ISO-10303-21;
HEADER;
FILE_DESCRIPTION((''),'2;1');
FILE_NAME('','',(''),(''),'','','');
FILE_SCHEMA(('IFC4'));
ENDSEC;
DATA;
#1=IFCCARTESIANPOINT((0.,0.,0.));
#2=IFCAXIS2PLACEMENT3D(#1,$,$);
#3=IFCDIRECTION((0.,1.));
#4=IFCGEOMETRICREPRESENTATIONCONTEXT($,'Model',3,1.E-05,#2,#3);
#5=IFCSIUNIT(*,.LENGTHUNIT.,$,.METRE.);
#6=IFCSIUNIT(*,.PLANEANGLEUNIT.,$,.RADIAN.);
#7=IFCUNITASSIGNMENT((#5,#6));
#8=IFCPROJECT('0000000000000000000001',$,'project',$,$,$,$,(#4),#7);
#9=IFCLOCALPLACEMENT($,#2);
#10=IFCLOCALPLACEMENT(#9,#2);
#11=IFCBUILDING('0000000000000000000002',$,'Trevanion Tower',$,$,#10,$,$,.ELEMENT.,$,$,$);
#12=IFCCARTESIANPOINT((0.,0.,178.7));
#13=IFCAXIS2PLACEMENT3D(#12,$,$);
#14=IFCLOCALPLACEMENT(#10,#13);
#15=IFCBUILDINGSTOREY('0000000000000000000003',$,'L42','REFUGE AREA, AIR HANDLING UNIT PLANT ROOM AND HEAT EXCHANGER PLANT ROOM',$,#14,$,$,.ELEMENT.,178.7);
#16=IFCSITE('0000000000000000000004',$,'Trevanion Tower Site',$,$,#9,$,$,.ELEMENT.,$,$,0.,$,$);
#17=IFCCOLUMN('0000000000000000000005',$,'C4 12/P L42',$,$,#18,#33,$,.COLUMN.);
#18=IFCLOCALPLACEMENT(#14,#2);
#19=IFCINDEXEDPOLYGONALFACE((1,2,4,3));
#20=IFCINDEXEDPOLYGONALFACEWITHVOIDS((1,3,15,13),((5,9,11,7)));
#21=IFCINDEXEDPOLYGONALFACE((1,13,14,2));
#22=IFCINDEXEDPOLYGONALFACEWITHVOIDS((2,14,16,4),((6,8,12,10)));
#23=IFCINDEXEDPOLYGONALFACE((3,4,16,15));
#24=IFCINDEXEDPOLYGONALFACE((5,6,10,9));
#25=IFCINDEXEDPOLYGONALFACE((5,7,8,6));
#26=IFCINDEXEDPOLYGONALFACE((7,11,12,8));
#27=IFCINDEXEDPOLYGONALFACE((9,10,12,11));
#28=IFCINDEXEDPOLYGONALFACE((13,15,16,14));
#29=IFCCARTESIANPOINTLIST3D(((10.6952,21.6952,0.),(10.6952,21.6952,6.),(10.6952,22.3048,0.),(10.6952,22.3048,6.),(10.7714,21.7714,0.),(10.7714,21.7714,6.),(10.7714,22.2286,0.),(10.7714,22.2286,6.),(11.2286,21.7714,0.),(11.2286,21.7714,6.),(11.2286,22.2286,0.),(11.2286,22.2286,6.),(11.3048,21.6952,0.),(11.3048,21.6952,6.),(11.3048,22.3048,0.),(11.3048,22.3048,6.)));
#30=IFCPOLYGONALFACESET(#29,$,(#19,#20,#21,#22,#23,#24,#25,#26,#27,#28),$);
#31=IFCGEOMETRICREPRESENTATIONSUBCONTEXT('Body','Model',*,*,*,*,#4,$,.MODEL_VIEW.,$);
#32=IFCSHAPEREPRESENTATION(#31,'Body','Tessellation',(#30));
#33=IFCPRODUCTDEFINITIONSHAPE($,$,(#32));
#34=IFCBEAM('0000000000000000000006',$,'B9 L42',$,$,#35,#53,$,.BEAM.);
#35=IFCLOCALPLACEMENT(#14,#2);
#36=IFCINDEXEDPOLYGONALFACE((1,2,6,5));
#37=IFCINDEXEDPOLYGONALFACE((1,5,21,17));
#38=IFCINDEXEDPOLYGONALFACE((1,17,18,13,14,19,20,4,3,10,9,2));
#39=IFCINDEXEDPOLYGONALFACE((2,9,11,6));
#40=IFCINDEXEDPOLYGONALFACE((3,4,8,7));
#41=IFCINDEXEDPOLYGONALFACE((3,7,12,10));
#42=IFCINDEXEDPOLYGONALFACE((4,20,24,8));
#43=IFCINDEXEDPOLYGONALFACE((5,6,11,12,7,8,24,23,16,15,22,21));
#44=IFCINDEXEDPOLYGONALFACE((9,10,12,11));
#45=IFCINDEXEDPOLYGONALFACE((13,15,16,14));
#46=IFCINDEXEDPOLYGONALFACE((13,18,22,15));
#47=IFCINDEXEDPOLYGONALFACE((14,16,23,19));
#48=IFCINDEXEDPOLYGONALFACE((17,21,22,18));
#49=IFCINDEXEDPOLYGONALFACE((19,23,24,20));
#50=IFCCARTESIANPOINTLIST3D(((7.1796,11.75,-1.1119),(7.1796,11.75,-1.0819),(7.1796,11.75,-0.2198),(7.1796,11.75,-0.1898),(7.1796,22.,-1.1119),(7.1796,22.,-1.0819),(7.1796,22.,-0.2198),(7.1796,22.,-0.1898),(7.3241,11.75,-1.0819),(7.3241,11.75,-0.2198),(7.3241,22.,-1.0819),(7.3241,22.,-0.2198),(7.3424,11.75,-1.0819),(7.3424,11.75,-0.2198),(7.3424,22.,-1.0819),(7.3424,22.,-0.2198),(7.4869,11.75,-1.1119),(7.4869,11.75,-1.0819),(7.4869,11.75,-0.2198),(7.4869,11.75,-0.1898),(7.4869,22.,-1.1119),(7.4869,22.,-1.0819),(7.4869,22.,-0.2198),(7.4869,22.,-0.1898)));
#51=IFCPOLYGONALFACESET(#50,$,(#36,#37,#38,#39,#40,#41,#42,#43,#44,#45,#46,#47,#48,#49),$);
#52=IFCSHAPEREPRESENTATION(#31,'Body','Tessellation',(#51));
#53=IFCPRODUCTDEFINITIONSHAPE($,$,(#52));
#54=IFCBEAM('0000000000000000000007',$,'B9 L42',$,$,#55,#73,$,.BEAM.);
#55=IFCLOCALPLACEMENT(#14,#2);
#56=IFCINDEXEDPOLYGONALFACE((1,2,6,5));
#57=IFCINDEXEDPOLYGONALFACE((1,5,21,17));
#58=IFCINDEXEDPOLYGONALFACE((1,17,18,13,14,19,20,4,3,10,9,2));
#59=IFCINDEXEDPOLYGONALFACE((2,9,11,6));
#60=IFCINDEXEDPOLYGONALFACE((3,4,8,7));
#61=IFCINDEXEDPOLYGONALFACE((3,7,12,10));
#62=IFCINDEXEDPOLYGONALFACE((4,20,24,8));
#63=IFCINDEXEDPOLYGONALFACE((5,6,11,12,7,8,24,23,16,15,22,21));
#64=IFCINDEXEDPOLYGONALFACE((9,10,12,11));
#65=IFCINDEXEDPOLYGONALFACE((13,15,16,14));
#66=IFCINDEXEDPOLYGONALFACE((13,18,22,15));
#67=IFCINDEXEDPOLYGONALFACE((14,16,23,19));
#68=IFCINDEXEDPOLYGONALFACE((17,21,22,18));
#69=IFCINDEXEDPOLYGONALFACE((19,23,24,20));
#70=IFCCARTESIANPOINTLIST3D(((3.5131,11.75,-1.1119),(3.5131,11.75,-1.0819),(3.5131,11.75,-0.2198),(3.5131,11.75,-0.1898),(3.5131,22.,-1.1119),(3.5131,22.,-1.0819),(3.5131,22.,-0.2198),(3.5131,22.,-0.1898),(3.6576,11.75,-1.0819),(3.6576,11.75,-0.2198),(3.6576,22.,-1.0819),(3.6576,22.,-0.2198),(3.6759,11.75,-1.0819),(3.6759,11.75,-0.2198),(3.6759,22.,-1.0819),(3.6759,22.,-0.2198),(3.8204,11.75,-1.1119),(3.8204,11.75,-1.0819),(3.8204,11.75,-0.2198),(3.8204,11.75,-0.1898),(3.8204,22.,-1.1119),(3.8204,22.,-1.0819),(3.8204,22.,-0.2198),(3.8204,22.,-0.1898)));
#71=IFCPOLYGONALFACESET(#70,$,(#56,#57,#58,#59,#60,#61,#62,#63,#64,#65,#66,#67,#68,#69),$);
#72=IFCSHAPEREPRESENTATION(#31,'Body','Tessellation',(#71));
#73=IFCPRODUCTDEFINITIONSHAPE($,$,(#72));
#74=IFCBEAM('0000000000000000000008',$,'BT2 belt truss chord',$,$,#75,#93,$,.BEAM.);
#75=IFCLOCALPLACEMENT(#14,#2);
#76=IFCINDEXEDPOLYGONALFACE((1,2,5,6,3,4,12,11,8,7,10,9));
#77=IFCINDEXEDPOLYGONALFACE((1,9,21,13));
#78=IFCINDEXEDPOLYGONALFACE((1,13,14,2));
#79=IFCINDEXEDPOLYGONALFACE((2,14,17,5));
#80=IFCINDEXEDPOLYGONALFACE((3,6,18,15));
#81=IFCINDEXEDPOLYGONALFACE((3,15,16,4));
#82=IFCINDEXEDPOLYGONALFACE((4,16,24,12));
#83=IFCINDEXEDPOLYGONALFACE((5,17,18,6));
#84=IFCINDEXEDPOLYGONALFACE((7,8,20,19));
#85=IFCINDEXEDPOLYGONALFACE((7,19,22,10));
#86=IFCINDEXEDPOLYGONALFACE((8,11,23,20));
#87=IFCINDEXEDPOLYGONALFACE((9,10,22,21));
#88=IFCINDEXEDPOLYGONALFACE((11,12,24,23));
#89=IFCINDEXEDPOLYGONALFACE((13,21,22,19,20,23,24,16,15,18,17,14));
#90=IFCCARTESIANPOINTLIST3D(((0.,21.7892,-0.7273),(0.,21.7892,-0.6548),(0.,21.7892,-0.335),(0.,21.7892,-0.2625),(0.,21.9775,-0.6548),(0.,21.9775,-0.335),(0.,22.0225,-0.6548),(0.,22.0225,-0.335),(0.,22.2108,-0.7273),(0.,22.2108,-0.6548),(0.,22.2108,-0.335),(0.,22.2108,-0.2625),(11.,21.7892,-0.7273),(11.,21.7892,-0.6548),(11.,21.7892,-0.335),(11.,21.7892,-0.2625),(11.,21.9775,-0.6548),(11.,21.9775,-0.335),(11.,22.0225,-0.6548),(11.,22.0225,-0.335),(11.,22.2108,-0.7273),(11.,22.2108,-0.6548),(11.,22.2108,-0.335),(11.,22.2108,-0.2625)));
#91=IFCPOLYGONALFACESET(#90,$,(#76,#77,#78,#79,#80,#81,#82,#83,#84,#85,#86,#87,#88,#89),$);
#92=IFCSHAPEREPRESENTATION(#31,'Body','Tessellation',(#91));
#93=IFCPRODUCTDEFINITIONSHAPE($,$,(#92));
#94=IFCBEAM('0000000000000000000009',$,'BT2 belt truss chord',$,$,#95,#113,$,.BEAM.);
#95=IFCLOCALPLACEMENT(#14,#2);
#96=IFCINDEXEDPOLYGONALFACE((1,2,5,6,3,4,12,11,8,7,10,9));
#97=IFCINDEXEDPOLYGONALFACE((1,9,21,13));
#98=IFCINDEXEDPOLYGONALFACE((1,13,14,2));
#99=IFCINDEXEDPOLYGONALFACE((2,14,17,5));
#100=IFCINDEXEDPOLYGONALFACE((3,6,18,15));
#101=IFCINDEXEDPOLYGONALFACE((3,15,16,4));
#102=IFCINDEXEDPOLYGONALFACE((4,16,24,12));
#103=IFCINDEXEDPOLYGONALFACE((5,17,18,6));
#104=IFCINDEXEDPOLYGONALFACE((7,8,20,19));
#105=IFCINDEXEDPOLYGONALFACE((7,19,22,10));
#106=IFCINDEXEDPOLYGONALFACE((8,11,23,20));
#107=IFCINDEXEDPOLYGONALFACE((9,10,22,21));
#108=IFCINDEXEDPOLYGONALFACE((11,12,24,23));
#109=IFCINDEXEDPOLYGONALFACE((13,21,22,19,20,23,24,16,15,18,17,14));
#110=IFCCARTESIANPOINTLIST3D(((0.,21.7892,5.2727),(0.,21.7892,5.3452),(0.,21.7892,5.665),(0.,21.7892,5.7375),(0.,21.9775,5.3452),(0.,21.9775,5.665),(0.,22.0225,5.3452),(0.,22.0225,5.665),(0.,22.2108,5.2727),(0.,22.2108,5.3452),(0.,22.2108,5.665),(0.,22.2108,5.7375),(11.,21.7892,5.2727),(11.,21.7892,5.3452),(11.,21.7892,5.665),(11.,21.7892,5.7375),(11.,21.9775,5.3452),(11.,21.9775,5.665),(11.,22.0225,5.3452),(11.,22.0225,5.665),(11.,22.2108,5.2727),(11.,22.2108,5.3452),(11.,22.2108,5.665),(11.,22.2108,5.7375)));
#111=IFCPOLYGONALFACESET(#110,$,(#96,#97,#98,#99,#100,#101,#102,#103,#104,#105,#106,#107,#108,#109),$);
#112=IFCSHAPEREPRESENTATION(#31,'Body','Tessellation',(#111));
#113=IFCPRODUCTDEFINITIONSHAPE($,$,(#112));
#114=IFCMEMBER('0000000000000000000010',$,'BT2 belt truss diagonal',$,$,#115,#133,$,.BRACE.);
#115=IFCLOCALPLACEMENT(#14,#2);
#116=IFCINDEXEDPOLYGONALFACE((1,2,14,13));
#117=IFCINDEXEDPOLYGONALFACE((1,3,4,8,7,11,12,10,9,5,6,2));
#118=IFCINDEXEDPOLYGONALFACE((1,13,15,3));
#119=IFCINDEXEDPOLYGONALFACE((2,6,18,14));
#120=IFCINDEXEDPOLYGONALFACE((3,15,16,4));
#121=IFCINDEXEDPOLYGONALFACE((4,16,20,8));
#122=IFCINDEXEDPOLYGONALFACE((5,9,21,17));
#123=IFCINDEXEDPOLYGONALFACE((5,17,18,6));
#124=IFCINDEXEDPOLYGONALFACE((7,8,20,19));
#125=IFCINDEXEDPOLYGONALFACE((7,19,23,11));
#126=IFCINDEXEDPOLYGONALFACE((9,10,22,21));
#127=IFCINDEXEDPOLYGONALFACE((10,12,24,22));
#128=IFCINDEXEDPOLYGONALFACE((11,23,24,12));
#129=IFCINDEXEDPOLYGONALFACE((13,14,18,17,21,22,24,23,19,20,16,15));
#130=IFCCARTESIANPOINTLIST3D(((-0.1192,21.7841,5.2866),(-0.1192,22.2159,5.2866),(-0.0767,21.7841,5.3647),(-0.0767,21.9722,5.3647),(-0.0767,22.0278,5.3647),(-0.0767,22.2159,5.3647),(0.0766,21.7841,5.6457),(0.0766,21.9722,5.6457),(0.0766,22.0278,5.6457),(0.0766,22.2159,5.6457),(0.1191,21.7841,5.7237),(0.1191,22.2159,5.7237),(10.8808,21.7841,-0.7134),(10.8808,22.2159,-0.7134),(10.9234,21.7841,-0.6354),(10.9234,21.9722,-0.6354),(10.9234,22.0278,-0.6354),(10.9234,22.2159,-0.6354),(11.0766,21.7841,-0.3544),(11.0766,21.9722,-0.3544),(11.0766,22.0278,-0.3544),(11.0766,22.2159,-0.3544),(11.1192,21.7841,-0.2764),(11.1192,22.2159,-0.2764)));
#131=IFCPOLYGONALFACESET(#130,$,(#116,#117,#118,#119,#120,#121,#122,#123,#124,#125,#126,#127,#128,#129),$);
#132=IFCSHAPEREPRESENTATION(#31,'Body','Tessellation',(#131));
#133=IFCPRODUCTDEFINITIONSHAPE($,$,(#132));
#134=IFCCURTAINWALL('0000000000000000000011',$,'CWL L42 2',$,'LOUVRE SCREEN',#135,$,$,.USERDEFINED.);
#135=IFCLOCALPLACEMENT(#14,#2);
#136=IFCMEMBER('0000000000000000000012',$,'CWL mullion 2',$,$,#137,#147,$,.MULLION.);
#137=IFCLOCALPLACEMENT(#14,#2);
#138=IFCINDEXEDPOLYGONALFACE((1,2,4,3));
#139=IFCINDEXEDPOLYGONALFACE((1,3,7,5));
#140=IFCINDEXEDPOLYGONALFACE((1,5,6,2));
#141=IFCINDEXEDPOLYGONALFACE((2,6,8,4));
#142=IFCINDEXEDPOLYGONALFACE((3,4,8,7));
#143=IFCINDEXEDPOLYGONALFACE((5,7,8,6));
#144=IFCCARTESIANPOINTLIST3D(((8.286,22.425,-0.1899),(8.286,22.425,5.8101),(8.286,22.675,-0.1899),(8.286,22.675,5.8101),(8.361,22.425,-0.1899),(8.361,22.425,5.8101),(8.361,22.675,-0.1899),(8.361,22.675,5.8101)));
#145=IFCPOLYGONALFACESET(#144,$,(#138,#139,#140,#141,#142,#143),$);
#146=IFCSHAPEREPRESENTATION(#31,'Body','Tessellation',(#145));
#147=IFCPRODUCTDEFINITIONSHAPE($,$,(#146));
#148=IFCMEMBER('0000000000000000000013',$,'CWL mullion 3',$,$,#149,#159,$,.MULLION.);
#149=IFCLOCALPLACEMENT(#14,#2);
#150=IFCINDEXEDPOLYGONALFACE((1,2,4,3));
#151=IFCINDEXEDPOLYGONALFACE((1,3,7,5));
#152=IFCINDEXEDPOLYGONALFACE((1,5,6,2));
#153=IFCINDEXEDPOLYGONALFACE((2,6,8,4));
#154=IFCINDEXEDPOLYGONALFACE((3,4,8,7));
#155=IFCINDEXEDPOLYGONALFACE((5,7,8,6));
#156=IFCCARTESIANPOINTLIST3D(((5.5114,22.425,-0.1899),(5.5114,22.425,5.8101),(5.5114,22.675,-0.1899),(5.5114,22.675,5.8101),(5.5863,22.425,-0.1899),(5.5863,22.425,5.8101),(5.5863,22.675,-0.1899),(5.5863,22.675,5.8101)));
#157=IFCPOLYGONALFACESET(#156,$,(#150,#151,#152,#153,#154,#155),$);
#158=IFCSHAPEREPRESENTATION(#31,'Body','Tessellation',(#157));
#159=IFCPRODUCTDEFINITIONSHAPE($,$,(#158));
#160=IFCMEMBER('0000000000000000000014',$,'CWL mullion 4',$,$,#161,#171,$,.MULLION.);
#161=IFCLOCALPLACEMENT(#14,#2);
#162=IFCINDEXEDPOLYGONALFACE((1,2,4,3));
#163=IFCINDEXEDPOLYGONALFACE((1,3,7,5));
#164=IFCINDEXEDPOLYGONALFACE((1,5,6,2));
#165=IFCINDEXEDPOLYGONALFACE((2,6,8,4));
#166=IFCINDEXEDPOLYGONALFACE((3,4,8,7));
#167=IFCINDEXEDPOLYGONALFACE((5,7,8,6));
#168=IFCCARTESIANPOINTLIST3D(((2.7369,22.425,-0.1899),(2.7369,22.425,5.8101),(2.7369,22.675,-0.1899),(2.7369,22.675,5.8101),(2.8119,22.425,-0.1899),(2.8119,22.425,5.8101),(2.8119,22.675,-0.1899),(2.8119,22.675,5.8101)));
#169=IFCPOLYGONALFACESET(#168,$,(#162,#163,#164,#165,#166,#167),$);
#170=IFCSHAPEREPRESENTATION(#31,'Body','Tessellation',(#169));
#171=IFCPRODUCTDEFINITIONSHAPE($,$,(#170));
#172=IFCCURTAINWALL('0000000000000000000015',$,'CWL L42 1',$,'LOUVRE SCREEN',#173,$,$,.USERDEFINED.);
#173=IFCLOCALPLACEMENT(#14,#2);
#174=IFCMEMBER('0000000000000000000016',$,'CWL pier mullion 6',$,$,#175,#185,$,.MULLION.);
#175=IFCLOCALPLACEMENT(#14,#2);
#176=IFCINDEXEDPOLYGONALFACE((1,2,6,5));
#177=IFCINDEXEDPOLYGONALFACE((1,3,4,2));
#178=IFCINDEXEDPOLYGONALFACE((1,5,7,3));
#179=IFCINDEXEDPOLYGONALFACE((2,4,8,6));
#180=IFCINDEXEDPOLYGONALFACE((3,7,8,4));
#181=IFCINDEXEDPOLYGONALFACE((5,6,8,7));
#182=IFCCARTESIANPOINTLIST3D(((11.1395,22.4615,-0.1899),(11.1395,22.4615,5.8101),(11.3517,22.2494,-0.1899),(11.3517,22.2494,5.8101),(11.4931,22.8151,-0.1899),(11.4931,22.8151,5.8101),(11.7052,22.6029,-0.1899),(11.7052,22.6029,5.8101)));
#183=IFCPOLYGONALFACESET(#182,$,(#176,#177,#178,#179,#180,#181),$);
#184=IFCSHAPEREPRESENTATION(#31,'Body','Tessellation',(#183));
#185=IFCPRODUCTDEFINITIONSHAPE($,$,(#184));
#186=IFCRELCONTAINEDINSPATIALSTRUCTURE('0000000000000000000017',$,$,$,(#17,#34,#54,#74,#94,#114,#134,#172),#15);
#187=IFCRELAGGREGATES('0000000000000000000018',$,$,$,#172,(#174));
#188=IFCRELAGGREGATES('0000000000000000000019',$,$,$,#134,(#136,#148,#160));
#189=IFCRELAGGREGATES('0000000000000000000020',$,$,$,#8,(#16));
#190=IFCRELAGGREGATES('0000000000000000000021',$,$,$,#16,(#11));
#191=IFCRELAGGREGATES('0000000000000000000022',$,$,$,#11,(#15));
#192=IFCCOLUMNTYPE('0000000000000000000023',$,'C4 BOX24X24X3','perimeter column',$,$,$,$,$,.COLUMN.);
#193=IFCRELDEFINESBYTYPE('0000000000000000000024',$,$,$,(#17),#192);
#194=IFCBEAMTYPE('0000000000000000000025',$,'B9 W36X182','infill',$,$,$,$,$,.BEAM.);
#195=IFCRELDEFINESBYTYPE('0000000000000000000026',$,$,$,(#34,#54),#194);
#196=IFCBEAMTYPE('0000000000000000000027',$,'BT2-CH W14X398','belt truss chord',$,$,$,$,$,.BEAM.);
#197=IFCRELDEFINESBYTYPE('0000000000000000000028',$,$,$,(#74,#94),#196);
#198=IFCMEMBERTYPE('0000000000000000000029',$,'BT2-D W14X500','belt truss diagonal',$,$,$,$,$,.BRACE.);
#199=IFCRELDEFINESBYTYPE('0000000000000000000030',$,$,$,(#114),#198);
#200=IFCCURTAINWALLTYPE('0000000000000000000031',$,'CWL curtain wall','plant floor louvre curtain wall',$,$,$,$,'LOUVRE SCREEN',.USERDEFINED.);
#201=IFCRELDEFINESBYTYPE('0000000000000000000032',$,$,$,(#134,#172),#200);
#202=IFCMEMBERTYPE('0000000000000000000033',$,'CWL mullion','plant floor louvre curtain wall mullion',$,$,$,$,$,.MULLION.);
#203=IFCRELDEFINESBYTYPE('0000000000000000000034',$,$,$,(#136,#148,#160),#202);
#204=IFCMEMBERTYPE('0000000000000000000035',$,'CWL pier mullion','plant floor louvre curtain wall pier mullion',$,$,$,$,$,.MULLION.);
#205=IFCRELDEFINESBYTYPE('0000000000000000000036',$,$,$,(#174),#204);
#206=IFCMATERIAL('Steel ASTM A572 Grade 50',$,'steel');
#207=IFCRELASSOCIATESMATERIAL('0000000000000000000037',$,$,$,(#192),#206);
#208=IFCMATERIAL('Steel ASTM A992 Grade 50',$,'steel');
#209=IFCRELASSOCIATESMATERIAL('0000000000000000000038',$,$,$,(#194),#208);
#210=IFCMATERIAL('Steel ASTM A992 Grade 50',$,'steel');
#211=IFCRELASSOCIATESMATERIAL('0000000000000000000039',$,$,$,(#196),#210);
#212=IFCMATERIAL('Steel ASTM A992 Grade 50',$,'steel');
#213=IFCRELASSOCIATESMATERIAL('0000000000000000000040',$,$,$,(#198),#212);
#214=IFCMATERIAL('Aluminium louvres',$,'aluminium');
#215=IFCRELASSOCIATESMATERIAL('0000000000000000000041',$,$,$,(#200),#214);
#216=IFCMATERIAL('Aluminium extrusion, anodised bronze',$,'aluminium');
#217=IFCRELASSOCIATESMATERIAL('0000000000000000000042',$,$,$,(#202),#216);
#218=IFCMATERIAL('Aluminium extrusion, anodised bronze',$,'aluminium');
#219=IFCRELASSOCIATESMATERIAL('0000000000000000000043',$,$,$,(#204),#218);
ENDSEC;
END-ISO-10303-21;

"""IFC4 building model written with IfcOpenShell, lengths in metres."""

from ifc_helpers import new_model, si_unit, direction, frame, origin, origin_2d, place, context, subcontext, project, spatial, rectangle, hollow_rectangle, i_section, extrude, material, material_profile, profile_set, type_object, element, aggregate, save


model = new_model("IFC4")

# Units and contexts
model_context = context("Model", 3, precision=1e-05, world=origin(), true_north=direction((0.0, 1.0)))
body_context = subcontext(model_context, "Body", "Model", "MODEL_VIEW")
ifc_project = project(units=[si_unit("LENGTHUNIT", "METRE"), si_unit("PLANEANGLEUNIT", "RADIAN")], contexts=[model_context])

# Site, building, storey
site_placement = place(None, origin())
site = spatial("IfcSite", under=ifc_project, at=site_placement, Name="Trevanion Tower Site", CompositionType="ELEMENT", RefElevation=0.0)
building_placement = place(site_placement, origin())
building = spatial("IfcBuilding", under=site, at=building_placement, Name="Trevanion Tower", CompositionType="ELEMENT")
storey_placement = place(building_placement, frame((0.0, 0.0, 178.7)))
storey = spatial("IfcBuildingStorey", under=building, at=storey_placement, Name="L42", Description="REFUGE AREA, AIR HANDLING UNIT PLANT ROOM AND HEAT EXCHANGER PLANT ROOM", CompositionType="ELEMENT", Elevation=178.7)

# Column
ifc_material_1 = material(Name="Steel ASTM A572 Grade 50", Category="steel")
ifc_material_profile_1 = material_profile(ifc_material_1, hollow_rectangle(XDim=0.6096, YDim=0.6096, WallThickness=0.0762, at=origin_2d()), Name="BOX24X24X3")
ifc_profile_set_1 = profile_set([ifc_material_profile_1], Name="Steel ASTM A572 Grade 50")
column_type = type_object("IfcColumnType", Name="C4 BOX24X24X3", Description="perimeter column", PredefinedType="COLUMN", material=ifc_profile_set_1)
column_placement = place(storey_placement, frame((11.0, 22.0, 0.0), z_axis=(0.0, 0.0, 1.0), x_axis=(1.0, 0.0, 0.0)))
element("IfcColumn", 1, at=column_placement, inside=storey, type_object=column_type, Name="C4 12/P L42", PredefinedType="COLUMN", context=body_context, shape_type="SweptSolid", body=[
    extrude(hollow_rectangle(XDim=0.6096, YDim=0.6096, WallThickness=0.0762, at=origin_2d()), origin(), (0.0, 0.0, 1.0), 6.0),
])

# Beams
ifc_material_2 = material(Name="Steel ASTM A992 Grade 50", Category="steel")
ifc_material_profile_2 = material_profile(ifc_material_2, i_section(OverallWidth=0.3074, OverallDepth=0.9221, WebThickness=0.0183, FlangeThickness=0.03, at=origin_2d()), Name="W36X182")
ifc_profile_set_2 = profile_set([ifc_material_profile_2], Name="Steel ASTM A992 Grade 50")
beam_type_1 = type_object("IfcBeamType", Name="B9 W36X182", Description="infill", PredefinedType="BEAM", material=ifc_profile_set_2)
for number, where, z_axis, x_axis, name in (
    (2, (7.3333, 11.75, -0.6509), (0.0, 1.0, 0.0), (-1.0, 0.0, 0.0), "B9 L42"),
    (3, (3.6667, 11.75, -0.6509), (0.0, 1.0, 0.0), (-1.0, 0.0, 0.0), "B9 L42"),
):
    element("IfcBeam", number, at=place(storey_placement, frame(where, z_axis=z_axis, x_axis=x_axis)), inside=storey, type_object=beam_type_1, Name=name, PredefinedType="BEAM", context=body_context, shape_type="SweptSolid", body=[
        extrude(i_section(OverallWidth=0.3074, OverallDepth=0.9221, WebThickness=0.0183, FlangeThickness=0.03, at=origin_2d()), origin(), (0.0, 0.0, 1.0), 10.25),
    ])
ifc_material_3 = material(Name="Steel ASTM A992 Grade 50", Category="steel")
ifc_material_profile_3 = material_profile(ifc_material_3, i_section(OverallWidth=0.4216, OverallDepth=0.4648, WebThickness=0.0449, FlangeThickness=0.0725, at=origin_2d()), Name="W14X398")
ifc_profile_set_3 = profile_set([ifc_material_profile_3], Name="Steel ASTM A992 Grade 50")
beam_type_2 = type_object("IfcBeamType", Name="BT2-CH W14X398", Description="belt truss chord", PredefinedType="BEAM", material=ifc_profile_set_3)
for number, where, z_axis, x_axis, name in (
    (4, (11.0, 22.0, -0.4949), (-1.0, 0.0, 0.0), (0.0, -1.0, 0.0), "BT2 belt truss chord"),
    (5, (11.0, 22.0, 5.5051), (-1.0, 0.0, 0.0), (0.0, -1.0, 0.0), "BT2 belt truss chord"),
):
    element("IfcBeam", number, at=place(storey_placement, frame(where, z_axis=z_axis, x_axis=x_axis)), inside=storey, type_object=beam_type_2, Name=name, PredefinedType="BEAM", context=body_context, shape_type="SweptSolid", body=[
        extrude(i_section(OverallWidth=0.4216, OverallDepth=0.4648, WebThickness=0.0449, FlangeThickness=0.0725, at=origin_2d()), origin(), (0.0, 0.0, 1.0), 11.0),
    ])

# Member
ifc_material_4 = material(Name="Steel ASTM A992 Grade 50", Category="steel")
ifc_material_profile_4 = material_profile(ifc_material_4, i_section(OverallWidth=0.4319, OverallDepth=0.4978, WebThickness=0.0557, FlangeThickness=0.0889, at=origin_2d()), Name="W14X500")
ifc_profile_set_4 = profile_set([ifc_material_profile_4], Name="Steel ASTM A992 Grade 50")
member_type_1 = type_object("IfcMemberType", Name="BT2-D W14X500", Description="belt truss diagonal", PredefinedType="BRACE", material=ifc_profile_set_4)
member_1_placement = place(storey_placement, frame((11.0, 22.0, -0.4949), z_axis=(-0.877896, 0.0, 0.478852), x_axis=(0.0, -1.0, 0.0)))
element("IfcMember", 6, at=member_1_placement, inside=storey, type_object=member_type_1, Name="BT2 belt truss diagonal", PredefinedType="BRACE", context=body_context, shape_type="SweptSolid", body=[
    extrude(i_section(OverallWidth=0.4319, OverallDepth=0.4978, WebThickness=0.0557, FlangeThickness=0.0889, at=origin_2d()), origin(), (0.0, 0.0, 1.0), 12.53),
])

# Curtain wall, members
ifc_material_5 = material(Name="Aluminium louvres", Category="aluminium")
curtain_wall_type = type_object("IfcCurtainWallType", Name="CWL curtain wall", Description="plant floor louvre curtain wall", ElementType="LOUVRE SCREEN", PredefinedType="USERDEFINED", material=ifc_material_5)
curtain_wall_1_placement = place(storey_placement, origin())
curtain_wall_1 = element("IfcCurtainWall", 7, at=curtain_wall_1_placement, inside=storey, type_object=curtain_wall_type, Name="CWL L42 2", ObjectType="LOUVRE SCREEN", PredefinedType="USERDEFINED")
ifc_material_6 = material(Name="Aluminium extrusion, anodised bronze", Category="aluminium")
ifc_material_profile_5 = material_profile(ifc_material_6, rectangle(XDim=0.075, YDim=0.25, at=origin_2d()), Name="CWL mullion")
ifc_profile_set_5 = profile_set([ifc_material_profile_5], Name="Aluminium extrusion, anodised bronze")
member_type_2 = type_object("IfcMemberType", Name="CWL mullion", Description="plant floor louvre curtain wall mullion", PredefinedType="MULLION", material=ifc_profile_set_5)
member_2_placement = place(storey_placement, frame((8.3235, 22.55, -0.1899), z_axis=(0.0, 0.0, 1.0), x_axis=(-1.0, 0.0, 0.0)))
member_2 = element("IfcMember", 8, at=member_2_placement, type_object=member_type_2, Name="CWL mullion 2", PredefinedType="MULLION", context=body_context, shape_type="SweptSolid", body=[
    extrude(rectangle(XDim=0.075, YDim=0.25, at=origin_2d()), origin(), (0.0, 0.0, 1.0), 6.0),
])
member_3_placement = place(storey_placement, frame((5.5488, 22.55, -0.1899), z_axis=(0.0, 0.0, 1.0), x_axis=(-1.0, 0.0, 0.0)))
member_3 = element("IfcMember", 9, at=member_3_placement, type_object=member_type_2, Name="CWL mullion 3", PredefinedType="MULLION", context=body_context, shape_type="SweptSolid", body=[
    extrude(rectangle(XDim=0.075, YDim=0.25, at=origin_2d()), origin(), (0.0, 0.0, 1.0), 6.0),
])
member_4_placement = place(storey_placement, frame((2.7744, 22.55, -0.1899), z_axis=(0.0, 0.0, 1.0), x_axis=(-1.0, 0.0, 0.0)))
member_4 = element("IfcMember", 10, at=member_4_placement, type_object=member_type_2, Name="CWL mullion 4", PredefinedType="MULLION", context=body_context, shape_type="SweptSolid", body=[
    extrude(rectangle(XDim=0.075, YDim=0.25, at=origin_2d()), origin(), (0.0, 0.0, 1.0), 6.0),
])

# Curtain wall, member
curtain_wall_2_placement = place(storey_placement, origin())
curtain_wall_2 = element("IfcCurtainWall", 11, at=curtain_wall_2_placement, inside=storey, type_object=curtain_wall_type, Name="CWL L42 1", ObjectType="LOUVRE SCREEN", PredefinedType="USERDEFINED")
ifc_material_7 = material(Name="Aluminium extrusion, anodised bronze", Category="aluminium")
ifc_material_profile_6 = material_profile(ifc_material_7, rectangle(XDim=0.3, YDim=0.5, at=origin_2d()), Name="CWL pier mullion")
ifc_profile_set_6 = profile_set([ifc_material_profile_6], Name="Aluminium extrusion, anodised bronze")
member_type_3 = type_object("IfcMemberType", Name="CWL pier mullion", Description="plant floor louvre curtain wall pier mullion", PredefinedType="MULLION", material=ifc_profile_set_6)
member_5_placement = place(storey_placement, frame((11.4224, 22.5322, -0.1899), z_axis=(0.0, 0.0, 1.0), x_axis=(-0.707107, 0.707107, 0.0)))
member_5 = element("IfcMember", 12, at=member_5_placement, type_object=member_type_3, Name="CWL pier mullion 6", PredefinedType="MULLION", context=body_context, shape_type="SweptSolid", body=[
    extrude(rectangle(XDim=0.3, YDim=0.5, at=origin_2d()), origin(), (0.0, 0.0, 1.0), 6.0),
])
aggregate(curtain_wall_2, [member_5])

aggregate(curtain_wall_1, [member_2, member_3, member_4])

save(model, "model.ifc")
